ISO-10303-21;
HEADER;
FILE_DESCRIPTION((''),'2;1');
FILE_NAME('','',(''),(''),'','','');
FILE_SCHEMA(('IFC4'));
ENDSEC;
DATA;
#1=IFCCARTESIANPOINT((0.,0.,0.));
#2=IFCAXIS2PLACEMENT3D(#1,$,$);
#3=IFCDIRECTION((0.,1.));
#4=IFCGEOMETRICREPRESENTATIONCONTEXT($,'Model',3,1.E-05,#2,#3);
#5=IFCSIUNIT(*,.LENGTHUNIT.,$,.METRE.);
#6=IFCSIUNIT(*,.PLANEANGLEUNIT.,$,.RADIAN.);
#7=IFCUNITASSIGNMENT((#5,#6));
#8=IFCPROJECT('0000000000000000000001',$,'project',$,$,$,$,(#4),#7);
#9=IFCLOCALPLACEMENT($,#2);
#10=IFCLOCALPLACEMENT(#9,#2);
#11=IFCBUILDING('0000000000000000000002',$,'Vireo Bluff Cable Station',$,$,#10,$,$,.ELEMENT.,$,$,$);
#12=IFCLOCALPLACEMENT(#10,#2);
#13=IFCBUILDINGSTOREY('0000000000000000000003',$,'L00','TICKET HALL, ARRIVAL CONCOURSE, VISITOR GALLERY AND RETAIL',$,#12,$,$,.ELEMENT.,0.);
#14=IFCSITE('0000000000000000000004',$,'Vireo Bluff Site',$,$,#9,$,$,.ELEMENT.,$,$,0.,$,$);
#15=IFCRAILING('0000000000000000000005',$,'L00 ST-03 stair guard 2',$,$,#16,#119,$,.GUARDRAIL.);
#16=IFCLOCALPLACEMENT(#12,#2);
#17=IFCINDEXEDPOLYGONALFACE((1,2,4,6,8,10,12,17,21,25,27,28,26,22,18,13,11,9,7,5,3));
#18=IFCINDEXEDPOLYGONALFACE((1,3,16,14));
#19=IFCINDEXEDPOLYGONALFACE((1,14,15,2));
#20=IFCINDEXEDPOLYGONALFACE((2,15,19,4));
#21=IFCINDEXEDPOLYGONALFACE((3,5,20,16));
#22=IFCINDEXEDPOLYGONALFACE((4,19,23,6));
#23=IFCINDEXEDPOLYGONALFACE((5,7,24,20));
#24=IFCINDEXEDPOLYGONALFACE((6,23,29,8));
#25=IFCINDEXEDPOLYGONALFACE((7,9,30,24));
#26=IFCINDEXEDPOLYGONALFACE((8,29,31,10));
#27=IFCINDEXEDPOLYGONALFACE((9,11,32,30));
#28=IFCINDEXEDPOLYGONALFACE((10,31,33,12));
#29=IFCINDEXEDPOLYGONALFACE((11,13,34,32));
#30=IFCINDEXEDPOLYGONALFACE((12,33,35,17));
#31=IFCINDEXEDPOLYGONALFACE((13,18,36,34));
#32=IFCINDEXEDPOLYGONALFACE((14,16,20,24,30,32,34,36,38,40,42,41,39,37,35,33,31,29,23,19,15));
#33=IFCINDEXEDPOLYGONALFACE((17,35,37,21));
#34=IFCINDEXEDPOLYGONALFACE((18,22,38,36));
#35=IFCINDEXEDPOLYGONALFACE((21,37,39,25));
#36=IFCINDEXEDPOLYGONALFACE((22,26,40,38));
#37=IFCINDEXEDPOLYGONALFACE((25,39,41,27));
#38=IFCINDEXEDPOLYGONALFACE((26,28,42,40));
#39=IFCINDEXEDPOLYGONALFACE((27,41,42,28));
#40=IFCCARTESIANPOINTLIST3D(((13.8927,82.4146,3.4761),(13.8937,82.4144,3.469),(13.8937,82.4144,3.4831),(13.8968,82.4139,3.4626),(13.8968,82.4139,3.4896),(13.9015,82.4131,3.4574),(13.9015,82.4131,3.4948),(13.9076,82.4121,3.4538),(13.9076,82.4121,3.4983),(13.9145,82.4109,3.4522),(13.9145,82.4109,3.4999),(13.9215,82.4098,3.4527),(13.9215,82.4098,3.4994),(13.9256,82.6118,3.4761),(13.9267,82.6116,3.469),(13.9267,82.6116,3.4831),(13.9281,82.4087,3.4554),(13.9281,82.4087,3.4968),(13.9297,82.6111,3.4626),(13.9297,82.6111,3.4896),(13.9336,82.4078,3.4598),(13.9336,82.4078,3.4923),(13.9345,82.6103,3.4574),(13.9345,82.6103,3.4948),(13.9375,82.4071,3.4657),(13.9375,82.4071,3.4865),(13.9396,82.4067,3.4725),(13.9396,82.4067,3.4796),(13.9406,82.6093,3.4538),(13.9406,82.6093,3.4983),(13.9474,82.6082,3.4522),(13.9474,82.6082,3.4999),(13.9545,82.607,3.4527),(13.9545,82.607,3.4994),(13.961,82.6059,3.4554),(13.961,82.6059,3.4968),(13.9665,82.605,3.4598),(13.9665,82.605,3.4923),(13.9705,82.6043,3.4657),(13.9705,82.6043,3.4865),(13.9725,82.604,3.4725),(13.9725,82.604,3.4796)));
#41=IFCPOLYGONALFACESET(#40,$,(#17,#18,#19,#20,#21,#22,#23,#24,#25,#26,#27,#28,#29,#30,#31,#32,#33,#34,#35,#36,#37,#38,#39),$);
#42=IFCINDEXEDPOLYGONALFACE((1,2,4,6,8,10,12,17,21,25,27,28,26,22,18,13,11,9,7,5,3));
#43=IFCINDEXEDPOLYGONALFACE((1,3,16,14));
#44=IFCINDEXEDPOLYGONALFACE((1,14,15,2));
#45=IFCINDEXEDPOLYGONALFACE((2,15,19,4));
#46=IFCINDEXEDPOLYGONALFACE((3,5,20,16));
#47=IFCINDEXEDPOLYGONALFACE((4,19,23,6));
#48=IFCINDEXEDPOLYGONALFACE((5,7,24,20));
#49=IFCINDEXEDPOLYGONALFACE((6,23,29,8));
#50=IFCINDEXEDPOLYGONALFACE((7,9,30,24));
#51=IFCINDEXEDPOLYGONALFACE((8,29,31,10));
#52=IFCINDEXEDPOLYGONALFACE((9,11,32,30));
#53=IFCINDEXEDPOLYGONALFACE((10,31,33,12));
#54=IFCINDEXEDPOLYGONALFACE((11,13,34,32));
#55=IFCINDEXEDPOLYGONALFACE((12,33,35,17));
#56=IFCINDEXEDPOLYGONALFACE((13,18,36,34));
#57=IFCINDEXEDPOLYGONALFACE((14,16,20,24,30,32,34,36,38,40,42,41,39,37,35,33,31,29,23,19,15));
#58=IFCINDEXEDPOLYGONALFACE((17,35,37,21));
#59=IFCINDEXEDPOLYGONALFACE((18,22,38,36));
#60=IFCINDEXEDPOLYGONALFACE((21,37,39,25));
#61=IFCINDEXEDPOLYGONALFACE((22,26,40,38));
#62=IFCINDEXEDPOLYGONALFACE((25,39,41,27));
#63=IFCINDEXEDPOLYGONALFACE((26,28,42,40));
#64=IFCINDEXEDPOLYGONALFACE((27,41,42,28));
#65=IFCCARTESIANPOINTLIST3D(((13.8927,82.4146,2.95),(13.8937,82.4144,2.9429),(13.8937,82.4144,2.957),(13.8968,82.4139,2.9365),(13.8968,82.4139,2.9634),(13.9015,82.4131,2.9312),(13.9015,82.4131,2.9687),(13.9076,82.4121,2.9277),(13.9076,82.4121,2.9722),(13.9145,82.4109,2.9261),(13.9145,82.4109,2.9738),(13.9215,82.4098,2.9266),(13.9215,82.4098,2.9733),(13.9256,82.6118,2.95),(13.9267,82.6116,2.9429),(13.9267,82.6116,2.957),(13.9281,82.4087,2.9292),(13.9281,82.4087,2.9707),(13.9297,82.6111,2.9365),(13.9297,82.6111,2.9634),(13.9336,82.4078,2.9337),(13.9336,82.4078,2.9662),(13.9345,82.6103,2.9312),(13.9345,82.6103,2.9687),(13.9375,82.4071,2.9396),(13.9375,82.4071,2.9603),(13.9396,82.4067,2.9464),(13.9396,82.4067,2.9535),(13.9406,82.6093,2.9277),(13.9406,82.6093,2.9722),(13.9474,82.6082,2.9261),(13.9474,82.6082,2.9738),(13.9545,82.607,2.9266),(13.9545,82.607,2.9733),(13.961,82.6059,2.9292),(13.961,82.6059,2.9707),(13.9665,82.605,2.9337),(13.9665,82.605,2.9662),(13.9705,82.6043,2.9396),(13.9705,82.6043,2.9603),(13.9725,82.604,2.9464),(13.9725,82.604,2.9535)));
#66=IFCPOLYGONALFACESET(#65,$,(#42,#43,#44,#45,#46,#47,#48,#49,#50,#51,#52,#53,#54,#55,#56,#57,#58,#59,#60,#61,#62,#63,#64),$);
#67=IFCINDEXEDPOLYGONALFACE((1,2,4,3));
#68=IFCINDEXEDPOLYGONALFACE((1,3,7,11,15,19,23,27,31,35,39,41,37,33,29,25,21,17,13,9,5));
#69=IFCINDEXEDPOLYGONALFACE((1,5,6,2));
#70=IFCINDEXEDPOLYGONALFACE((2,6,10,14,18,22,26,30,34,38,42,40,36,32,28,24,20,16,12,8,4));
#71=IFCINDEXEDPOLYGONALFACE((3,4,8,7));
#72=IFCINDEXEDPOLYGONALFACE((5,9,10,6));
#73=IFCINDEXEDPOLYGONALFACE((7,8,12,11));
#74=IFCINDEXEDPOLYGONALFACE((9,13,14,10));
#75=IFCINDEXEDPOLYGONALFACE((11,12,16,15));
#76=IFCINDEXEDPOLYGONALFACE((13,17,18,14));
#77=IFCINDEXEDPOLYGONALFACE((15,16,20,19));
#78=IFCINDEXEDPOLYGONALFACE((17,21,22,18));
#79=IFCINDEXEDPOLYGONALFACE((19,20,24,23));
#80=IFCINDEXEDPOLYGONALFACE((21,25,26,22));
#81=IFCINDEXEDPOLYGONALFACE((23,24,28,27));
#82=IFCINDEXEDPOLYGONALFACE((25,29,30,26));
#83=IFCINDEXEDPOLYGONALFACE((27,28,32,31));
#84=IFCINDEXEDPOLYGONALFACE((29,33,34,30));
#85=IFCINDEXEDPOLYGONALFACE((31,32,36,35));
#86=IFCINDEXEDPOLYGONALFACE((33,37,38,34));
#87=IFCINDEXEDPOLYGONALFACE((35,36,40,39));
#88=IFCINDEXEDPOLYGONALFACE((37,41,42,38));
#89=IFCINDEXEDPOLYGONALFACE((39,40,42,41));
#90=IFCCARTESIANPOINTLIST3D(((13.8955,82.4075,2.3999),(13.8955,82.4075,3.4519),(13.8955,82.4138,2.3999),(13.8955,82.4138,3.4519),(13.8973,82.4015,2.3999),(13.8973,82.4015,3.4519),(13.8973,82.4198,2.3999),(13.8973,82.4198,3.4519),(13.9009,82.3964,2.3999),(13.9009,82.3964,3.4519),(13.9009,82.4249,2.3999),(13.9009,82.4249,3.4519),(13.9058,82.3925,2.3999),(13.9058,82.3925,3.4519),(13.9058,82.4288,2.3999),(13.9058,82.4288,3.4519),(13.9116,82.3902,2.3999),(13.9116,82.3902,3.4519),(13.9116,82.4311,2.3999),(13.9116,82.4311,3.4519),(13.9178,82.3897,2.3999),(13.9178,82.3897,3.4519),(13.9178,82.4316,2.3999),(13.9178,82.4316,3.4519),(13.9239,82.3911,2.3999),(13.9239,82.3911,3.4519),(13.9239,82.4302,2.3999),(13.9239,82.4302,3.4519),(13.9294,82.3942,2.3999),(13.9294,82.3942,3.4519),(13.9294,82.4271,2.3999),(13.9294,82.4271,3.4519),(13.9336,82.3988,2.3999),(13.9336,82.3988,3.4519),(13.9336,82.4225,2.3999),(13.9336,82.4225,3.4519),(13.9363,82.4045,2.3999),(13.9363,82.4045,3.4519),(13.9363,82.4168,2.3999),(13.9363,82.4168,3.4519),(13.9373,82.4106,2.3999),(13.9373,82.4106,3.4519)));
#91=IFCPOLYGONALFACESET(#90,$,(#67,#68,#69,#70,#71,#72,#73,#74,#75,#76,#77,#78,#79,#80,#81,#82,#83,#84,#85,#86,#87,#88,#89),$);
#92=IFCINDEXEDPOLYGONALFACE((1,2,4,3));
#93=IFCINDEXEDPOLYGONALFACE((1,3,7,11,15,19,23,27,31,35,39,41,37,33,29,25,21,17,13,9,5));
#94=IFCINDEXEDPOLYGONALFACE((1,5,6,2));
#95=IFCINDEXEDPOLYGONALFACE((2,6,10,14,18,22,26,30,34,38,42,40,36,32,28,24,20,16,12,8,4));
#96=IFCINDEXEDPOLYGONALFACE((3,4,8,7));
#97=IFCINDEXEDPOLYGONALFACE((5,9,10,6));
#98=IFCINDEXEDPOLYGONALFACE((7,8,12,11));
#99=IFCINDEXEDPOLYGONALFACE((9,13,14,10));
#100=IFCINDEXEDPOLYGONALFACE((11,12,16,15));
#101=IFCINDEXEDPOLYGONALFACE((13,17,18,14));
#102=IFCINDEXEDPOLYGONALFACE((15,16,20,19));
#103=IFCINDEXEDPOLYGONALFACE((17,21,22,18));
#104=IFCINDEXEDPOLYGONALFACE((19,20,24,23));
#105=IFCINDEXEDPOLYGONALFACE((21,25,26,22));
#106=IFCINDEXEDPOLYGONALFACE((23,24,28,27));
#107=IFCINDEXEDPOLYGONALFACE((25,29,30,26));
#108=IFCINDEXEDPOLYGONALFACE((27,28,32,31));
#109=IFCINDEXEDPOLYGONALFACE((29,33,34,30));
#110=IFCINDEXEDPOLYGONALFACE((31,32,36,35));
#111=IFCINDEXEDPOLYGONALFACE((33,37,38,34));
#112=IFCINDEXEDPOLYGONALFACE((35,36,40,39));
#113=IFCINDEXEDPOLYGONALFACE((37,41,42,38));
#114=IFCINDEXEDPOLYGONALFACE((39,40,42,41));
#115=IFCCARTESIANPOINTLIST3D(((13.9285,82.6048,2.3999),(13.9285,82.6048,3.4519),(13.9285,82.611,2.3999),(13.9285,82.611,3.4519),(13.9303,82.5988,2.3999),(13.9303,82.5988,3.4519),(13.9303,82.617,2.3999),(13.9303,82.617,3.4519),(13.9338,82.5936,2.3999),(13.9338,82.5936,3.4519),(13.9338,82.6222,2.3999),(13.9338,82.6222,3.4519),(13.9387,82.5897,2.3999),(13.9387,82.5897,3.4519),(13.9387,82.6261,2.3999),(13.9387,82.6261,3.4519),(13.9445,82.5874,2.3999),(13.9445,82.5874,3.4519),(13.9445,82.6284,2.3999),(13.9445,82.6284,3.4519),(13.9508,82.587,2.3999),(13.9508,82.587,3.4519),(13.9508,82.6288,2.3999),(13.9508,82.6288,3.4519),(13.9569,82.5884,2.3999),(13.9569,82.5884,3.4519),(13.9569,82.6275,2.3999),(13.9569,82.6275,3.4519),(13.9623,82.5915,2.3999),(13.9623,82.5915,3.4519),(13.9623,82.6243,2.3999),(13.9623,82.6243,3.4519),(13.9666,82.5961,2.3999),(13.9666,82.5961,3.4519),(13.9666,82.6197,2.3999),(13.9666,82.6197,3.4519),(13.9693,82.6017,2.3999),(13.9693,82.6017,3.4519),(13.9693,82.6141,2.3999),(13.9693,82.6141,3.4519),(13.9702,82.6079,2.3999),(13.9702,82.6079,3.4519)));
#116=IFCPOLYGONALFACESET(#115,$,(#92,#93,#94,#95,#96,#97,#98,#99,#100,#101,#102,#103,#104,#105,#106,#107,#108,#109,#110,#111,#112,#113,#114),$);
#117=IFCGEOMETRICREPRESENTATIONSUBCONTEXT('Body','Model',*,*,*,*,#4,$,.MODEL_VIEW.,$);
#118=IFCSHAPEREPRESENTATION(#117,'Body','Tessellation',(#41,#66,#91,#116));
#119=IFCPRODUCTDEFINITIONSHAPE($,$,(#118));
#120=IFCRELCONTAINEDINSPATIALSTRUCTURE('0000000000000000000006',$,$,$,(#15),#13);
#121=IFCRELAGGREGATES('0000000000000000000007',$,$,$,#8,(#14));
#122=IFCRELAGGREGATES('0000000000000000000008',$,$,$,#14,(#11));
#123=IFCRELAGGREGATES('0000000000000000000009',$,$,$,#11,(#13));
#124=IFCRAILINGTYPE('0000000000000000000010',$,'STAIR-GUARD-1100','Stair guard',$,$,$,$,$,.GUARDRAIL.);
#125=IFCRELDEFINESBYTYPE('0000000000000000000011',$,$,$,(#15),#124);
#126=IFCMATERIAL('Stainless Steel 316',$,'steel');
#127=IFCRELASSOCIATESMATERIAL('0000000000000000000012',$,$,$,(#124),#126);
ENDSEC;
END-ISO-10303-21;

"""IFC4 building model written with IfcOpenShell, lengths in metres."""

from ifc_helpers import new_model, si_unit, direction, frame, origin, origin_2d, place, context, subcontext, project, spatial, circle, extrude, material, type_object, element, save


model = new_model("IFC4")

# Units and contexts
model_context = context("Model", 3, precision=1e-05, world=origin(), true_north=direction((0.0, 1.0)))
body_context = subcontext(model_context, "Body", "Model", "MODEL_VIEW")
ifc_project = project(units=[si_unit("LENGTHUNIT", "METRE"), si_unit("PLANEANGLEUNIT", "RADIAN")], contexts=[model_context])

# Site, building, storey
site_placement = place(None, origin())
site = spatial("IfcSite", under=ifc_project, at=site_placement, Name="Vireo Bluff Site", CompositionType="ELEMENT", RefElevation=0.0)
building_placement = place(site_placement, origin())
building = spatial("IfcBuilding", under=site, at=building_placement, Name="Vireo Bluff Cable Station", CompositionType="ELEMENT")
storey_placement = place(building_placement, origin())
storey = spatial("IfcBuildingStorey", under=building, at=storey_placement, Name="L00", Description="TICKET HALL, ARRIVAL CONCOURSE, VISITOR GALLERY AND RETAIL", CompositionType="ELEMENT", Elevation=0.0)

# Railing
ifc_material_1 = material(Name="Stainless Steel 316", Category="steel")
railing_type_1 = type_object("IfcRailingType", Name="STAIR-GUARD-1100", Description="Stair guard", PredefinedType="GUARDRAIL", material=ifc_material_1)
railing_1_placement = place(storey_placement, frame((13.9163, 82.4106, 2.3999)))
element("IfcRailing", 1, at=railing_1_placement, inside=storey, type_object=railing_type_1, Name="L00 ST-03 stair guard 2", PredefinedType="GUARDRAIL", context=body_context, shape_type="SweptSolid", body=[
    extrude(circle(Radius=0.0239, at=origin_2d()), frame((0.0, 0.0, 1.0762), z_axis=(0.164795, 0.986328, 0.0), x_axis=(-0.986328, 0.164795, 0.0)), (0.0, 0.0, 1.0), 0.2),
    extrude(circle(Radius=0.0239, at=origin_2d()), frame((0.0, 0.0, 0.55), z_axis=(0.164795, 0.986328, 0.0), x_axis=(-0.986328, 0.164795, 0.0)), (0.0, 0.0, 1.0), 0.2),
    extrude(circle(Radius=0.021, at=origin_2d()), origin(), (0.0, 0.0, 1.0), 1.052),
    extrude(circle(Radius=0.021, at=origin_2d()), frame((0.033, 0.1973, 0.0)), (0.0, 0.0, 1.0), 1.052),
])

save(model, "model.ifc")
